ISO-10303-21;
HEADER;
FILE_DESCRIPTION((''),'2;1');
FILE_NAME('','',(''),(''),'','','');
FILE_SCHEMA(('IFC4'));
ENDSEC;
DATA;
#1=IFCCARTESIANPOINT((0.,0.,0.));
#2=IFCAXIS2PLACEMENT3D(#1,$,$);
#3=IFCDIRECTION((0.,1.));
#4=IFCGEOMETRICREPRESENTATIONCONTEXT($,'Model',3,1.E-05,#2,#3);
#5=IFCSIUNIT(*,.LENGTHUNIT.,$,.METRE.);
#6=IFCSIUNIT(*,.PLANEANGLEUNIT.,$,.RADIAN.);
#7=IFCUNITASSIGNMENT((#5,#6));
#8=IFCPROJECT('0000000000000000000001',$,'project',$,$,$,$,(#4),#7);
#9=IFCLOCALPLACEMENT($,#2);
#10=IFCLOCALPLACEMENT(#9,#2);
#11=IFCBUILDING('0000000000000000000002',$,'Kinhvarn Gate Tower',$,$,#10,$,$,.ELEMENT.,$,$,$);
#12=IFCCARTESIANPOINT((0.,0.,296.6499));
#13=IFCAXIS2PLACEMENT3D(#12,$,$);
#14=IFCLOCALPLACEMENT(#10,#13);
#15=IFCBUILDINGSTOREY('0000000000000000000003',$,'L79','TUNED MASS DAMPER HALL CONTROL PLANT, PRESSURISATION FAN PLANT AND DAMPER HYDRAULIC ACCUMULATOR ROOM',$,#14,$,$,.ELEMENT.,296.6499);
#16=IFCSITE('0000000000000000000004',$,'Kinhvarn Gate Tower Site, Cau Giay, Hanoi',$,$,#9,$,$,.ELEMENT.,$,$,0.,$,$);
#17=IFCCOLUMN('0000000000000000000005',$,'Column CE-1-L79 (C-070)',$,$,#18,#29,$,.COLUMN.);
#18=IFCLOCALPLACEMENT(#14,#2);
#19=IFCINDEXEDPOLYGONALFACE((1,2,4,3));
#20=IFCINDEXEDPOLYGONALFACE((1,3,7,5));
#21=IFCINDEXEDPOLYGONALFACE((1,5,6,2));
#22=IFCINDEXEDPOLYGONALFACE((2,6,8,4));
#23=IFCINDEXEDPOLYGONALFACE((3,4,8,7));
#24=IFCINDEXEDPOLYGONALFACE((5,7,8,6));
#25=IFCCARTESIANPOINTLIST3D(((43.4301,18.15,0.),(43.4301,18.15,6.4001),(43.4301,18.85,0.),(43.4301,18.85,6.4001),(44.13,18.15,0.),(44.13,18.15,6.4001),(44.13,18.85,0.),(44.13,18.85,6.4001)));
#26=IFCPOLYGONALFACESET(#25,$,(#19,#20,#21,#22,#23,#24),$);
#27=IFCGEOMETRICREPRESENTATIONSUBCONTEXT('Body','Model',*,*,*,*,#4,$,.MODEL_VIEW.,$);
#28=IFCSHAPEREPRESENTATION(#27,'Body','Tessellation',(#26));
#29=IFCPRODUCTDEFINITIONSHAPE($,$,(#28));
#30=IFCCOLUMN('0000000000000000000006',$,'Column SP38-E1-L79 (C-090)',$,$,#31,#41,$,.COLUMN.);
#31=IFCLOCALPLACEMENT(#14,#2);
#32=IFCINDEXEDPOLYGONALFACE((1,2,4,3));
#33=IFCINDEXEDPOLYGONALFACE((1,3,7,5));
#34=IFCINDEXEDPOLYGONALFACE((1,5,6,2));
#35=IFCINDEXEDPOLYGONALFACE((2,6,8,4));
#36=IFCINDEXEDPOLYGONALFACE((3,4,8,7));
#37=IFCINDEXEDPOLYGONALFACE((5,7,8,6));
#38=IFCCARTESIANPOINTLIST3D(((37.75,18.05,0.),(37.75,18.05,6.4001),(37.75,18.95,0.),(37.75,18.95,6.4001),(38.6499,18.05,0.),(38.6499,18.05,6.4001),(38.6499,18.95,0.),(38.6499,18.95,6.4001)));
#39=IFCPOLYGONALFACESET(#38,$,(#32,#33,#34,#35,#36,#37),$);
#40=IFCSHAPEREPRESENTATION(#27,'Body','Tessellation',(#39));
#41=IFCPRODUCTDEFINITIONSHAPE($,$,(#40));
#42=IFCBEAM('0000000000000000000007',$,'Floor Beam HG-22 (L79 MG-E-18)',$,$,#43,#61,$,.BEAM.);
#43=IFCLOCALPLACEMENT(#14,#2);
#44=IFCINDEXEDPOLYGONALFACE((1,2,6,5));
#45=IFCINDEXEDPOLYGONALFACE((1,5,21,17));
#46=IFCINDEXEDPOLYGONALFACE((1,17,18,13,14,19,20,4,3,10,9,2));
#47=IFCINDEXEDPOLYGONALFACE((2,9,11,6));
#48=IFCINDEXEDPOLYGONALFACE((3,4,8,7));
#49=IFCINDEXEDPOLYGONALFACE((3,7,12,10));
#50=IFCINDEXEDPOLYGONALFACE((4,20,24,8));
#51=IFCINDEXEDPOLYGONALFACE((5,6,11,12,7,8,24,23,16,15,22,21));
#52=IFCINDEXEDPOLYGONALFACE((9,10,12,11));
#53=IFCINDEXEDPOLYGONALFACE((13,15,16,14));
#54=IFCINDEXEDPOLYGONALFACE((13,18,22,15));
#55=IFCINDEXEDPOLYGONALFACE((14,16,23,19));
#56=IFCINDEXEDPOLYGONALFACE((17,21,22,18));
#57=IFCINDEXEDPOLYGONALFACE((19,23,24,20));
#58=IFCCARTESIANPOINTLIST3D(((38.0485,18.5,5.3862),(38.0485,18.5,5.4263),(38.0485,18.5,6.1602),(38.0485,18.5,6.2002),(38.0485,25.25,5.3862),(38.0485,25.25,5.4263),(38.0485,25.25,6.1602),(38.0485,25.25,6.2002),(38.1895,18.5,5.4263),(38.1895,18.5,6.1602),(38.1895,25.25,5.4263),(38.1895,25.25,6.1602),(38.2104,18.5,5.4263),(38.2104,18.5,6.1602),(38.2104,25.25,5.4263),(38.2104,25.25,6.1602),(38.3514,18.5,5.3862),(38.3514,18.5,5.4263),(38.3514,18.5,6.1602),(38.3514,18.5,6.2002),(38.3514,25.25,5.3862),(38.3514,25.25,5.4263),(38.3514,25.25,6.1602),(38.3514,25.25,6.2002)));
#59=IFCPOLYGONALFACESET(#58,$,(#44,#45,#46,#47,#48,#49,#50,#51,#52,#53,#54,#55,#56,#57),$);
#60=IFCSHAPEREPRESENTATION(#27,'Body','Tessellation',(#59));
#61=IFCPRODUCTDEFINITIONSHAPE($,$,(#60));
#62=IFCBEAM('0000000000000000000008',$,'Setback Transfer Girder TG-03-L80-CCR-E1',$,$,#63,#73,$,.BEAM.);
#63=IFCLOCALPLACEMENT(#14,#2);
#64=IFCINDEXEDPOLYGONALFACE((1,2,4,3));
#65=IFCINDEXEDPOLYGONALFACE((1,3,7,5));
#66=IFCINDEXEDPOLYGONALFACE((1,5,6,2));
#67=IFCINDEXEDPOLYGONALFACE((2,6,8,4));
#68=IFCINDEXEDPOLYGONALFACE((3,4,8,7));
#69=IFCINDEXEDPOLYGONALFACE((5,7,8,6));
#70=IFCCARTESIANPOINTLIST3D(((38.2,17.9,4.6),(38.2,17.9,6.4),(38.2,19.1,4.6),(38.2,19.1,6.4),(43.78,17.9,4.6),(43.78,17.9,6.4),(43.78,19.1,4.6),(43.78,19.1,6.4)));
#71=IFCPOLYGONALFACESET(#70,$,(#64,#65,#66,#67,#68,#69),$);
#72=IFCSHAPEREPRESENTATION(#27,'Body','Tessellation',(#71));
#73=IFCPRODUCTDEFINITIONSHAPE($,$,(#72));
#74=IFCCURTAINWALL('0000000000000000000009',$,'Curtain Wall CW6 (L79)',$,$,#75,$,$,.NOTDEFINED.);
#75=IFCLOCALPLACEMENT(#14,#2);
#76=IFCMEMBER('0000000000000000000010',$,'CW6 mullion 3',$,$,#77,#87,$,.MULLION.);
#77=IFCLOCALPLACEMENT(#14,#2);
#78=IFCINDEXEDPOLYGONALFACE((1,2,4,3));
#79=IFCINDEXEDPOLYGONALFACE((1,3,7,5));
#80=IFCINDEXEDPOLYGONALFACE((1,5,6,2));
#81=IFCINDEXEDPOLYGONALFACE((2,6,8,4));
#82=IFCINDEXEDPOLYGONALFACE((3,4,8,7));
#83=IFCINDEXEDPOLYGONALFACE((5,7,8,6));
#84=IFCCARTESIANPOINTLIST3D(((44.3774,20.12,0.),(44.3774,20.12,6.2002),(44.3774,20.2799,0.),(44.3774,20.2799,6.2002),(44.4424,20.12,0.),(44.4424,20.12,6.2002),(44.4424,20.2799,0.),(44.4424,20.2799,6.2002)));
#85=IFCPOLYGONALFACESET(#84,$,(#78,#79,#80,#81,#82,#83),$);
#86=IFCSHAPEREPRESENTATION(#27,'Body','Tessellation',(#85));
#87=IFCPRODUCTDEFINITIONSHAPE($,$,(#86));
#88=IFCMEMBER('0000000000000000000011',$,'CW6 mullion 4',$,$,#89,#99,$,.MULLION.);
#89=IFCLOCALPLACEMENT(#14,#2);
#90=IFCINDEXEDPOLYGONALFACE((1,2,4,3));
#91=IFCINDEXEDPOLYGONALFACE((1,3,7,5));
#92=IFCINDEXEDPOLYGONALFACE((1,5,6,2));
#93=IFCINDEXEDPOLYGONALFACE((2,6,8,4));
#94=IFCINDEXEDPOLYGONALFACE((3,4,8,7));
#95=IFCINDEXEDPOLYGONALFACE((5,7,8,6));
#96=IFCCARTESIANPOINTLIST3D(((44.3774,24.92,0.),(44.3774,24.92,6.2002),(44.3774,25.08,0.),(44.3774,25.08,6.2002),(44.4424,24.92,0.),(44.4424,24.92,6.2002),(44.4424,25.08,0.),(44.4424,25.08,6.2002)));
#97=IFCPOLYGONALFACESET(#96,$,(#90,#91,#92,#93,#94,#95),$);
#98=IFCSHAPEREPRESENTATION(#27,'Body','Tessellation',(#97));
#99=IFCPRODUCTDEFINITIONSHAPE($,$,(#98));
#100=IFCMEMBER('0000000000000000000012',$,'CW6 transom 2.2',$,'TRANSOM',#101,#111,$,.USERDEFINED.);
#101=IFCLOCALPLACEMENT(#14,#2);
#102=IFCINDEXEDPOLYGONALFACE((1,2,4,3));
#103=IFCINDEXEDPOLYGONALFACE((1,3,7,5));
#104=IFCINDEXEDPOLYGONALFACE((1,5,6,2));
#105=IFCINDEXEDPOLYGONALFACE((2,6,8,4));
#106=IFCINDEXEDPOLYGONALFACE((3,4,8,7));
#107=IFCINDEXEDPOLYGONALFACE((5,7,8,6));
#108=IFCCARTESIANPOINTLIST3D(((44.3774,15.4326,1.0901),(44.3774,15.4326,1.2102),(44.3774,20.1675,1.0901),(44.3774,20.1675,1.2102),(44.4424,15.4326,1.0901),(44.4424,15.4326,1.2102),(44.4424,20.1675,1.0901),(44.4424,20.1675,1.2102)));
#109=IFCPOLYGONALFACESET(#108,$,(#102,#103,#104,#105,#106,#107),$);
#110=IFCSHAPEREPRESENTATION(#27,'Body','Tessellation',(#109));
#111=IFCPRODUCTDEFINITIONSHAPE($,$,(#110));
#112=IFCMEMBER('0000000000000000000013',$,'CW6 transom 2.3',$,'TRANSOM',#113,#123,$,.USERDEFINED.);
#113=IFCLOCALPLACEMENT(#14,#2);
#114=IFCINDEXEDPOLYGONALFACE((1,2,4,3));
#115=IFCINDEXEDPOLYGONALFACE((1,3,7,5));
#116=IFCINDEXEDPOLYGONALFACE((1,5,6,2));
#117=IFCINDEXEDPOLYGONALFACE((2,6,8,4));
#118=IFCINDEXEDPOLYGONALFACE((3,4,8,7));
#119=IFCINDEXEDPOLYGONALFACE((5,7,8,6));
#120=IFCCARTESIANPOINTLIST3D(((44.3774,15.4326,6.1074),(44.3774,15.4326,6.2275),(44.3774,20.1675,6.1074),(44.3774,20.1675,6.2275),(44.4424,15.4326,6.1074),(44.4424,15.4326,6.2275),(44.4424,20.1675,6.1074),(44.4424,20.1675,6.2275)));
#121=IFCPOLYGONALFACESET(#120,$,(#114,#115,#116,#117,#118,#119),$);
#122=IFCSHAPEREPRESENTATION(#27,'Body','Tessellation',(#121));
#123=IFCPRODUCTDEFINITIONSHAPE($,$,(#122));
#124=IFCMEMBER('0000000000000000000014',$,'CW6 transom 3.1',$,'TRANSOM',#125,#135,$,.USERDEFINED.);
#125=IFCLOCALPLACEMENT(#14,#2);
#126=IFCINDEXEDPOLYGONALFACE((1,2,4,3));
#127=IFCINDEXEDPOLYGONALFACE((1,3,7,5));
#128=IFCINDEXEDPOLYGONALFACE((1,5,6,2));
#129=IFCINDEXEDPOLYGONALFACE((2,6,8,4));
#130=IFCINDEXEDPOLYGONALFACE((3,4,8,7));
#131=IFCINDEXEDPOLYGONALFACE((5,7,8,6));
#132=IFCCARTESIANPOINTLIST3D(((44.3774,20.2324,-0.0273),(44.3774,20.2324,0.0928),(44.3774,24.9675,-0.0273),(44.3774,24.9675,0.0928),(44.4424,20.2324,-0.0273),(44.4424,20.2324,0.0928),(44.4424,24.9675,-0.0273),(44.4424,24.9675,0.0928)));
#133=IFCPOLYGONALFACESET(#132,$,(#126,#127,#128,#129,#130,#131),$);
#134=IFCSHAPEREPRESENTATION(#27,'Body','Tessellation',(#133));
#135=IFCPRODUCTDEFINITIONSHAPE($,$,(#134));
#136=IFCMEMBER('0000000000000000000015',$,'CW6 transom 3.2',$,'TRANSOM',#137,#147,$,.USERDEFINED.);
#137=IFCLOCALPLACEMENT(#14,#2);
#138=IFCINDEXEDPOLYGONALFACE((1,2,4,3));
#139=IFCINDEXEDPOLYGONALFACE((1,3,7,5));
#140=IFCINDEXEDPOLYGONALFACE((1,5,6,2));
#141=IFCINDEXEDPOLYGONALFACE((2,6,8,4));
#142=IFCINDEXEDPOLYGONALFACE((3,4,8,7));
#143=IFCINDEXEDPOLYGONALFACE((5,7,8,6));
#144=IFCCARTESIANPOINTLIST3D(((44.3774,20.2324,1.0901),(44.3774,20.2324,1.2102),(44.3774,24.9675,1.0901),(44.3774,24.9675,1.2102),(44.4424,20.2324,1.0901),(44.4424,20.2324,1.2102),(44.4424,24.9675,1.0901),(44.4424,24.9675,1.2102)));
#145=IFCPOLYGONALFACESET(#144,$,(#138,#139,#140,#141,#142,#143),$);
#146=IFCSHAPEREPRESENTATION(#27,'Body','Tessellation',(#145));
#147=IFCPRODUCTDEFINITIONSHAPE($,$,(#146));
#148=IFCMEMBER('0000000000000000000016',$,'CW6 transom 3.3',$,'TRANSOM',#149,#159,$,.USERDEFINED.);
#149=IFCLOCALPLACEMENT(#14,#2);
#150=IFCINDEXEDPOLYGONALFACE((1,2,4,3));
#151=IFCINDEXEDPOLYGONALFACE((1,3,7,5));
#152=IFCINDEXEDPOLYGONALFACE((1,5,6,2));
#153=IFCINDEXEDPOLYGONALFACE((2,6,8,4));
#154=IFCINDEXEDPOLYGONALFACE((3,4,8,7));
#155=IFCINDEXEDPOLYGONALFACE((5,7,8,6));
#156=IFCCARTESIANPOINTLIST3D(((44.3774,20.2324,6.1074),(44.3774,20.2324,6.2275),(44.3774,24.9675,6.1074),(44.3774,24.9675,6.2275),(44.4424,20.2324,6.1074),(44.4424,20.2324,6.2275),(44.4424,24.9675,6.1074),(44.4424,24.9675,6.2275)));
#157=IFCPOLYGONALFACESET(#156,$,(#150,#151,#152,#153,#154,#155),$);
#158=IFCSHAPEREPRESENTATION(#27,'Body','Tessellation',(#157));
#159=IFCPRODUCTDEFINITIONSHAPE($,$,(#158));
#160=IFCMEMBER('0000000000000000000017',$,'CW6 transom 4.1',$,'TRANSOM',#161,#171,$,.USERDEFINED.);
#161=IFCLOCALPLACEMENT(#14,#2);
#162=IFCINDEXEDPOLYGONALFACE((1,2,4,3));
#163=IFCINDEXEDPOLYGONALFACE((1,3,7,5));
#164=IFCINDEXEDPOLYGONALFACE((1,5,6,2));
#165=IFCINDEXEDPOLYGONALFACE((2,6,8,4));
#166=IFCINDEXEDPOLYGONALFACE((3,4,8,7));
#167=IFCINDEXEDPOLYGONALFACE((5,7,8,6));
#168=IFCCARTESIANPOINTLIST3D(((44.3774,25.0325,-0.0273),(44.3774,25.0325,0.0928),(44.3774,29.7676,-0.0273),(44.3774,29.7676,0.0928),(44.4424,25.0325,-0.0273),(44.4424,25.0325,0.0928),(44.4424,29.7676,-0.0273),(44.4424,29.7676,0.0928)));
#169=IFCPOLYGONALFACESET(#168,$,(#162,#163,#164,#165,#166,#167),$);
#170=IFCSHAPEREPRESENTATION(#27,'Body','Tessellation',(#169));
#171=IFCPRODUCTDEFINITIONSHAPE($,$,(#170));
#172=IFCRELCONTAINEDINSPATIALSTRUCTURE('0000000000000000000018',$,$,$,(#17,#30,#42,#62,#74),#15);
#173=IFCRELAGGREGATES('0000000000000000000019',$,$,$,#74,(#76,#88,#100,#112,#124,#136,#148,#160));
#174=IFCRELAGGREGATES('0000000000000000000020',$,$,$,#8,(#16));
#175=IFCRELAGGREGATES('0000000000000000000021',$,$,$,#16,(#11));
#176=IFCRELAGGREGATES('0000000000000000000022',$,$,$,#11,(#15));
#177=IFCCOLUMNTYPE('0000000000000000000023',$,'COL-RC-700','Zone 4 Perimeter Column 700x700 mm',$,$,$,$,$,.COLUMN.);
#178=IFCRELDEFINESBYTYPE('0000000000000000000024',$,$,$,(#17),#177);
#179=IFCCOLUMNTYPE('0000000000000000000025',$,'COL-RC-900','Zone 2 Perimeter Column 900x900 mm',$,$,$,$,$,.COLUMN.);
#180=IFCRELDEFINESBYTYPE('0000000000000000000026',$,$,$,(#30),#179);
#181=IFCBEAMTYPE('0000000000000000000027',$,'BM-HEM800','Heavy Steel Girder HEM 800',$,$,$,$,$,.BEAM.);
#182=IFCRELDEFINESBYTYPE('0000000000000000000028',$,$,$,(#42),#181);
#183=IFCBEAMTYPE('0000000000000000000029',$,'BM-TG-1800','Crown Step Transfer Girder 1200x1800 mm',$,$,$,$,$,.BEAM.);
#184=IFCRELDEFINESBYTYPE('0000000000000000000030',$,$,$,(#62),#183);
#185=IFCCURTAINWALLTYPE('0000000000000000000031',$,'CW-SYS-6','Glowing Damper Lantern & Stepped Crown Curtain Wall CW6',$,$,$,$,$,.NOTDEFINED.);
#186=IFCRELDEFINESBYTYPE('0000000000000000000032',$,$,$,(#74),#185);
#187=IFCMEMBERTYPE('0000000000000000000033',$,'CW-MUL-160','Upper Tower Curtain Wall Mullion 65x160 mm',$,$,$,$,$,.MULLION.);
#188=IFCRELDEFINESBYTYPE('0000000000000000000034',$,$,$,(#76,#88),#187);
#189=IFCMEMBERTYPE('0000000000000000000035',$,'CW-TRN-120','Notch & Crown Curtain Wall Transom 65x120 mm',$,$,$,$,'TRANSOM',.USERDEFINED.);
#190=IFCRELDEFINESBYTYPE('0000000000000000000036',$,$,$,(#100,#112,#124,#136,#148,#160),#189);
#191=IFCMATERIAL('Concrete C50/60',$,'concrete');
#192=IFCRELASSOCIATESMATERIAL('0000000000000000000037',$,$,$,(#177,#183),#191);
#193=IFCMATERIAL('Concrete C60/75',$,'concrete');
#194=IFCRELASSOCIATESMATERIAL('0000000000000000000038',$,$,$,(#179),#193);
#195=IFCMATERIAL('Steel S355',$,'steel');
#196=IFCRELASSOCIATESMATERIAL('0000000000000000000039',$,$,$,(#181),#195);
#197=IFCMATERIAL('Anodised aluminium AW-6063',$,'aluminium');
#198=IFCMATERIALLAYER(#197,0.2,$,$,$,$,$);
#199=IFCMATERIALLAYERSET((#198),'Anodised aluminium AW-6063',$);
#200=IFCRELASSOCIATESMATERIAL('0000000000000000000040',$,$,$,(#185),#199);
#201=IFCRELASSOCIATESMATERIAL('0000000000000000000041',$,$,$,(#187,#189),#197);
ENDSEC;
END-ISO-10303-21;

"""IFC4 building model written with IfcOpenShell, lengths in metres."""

from ifc_helpers import new_model, si_unit, direction, frame, origin, origin_2d, place, context, subcontext, project, spatial, rectangle, i_section, extrude, material, layer, layer_set, material_profile, profile_set, type_object, element, aggregate, save


model = new_model("IFC4")

# Units and contexts
model_context = context("Model", 3, precision=1e-05, world=origin(), true_north=direction((0.0, 1.0)))
body_context = subcontext(model_context, "Body", "Model", "MODEL_VIEW")
ifc_project = project(units=[si_unit("LENGTHUNIT", "METRE"), si_unit("PLANEANGLEUNIT", "RADIAN")], contexts=[model_context])

# Site, building, storey
site_placement = place(None, origin())
site = spatial("IfcSite", under=ifc_project, at=site_placement, Name="Kinhvarn Gate Tower Site, Cau Giay, Hanoi", CompositionType="ELEMENT", RefElevation=0.0)
building_placement = place(site_placement, origin())
building = spatial("IfcBuilding", under=site, at=building_placement, Name="Kinhvarn Gate Tower", CompositionType="ELEMENT")
storey_placement = place(building_placement, frame((0.0, 0.0, 296.6499)))
storey = spatial("IfcBuildingStorey", under=building, at=storey_placement, Name="L79", Description="TUNED MASS DAMPER HALL CONTROL PLANT, PRESSURISATION FAN PLANT AND DAMPER HYDRAULIC ACCUMULATOR ROOM", CompositionType="ELEMENT", Elevation=296.6499)

# Columns
ifc_material_1 = material(Name="Concrete C50/60", Category="concrete")
ifc_material_profile_1 = material_profile(ifc_material_1, rectangle(XDim=0.7, YDim=0.7, at=origin_2d()), Name="RC 700x700")
ifc_profile_set_1 = profile_set([ifc_material_profile_1], Name="Concrete C50/60")
column_type_1 = type_object("IfcColumnType", Name="COL-RC-700", Description="Zone 4 Perimeter Column 700x700 mm", PredefinedType="COLUMN", material=ifc_profile_set_1)
column_1_placement = place(storey_placement, frame((43.78, 18.5, 0.0), z_axis=(0.0, 0.0, 1.0), x_axis=(1.0, 0.0, 0.0)))
element("IfcColumn", 1, at=column_1_placement, inside=storey, type_object=column_type_1, Name="Column CE-1-L79 (C-070)", PredefinedType="COLUMN", context=body_context, shape_type="SweptSolid", body=[
    extrude(rectangle(XDim=0.7, YDim=0.7, at=origin_2d()), origin(), (0.0, 0.0, 1.0), 6.4001),
])
ifc_material_2 = material(Name="Concrete C60/75", Category="concrete")
ifc_material_profile_2 = material_profile(ifc_material_2, rectangle(XDim=0.8999, YDim=0.8999, at=origin_2d()), Name="RC 900x900")
ifc_profile_set_2 = profile_set([ifc_material_profile_2], Name="Concrete C60/75")
column_type_2 = type_object("IfcColumnType", Name="COL-RC-900", Description="Zone 2 Perimeter Column 900x900 mm", PredefinedType="COLUMN", material=ifc_profile_set_2)
column_2_placement = place(storey_placement, frame((38.2, 18.5, 0.0), z_axis=(0.0, 0.0, 1.0), x_axis=(1.0, 0.0, 0.0)))
element("IfcColumn", 2, at=column_2_placement, inside=storey, type_object=column_type_2, Name="Column SP38-E1-L79 (C-090)", PredefinedType="COLUMN", context=body_context, shape_type="SweptSolid", body=[
    extrude(rectangle(XDim=0.8999, YDim=0.8999, at=origin_2d()), origin(), (0.0, 0.0, 1.0), 6.4001),
])

# Beams
ifc_material_3 = material(Name="Steel S355", Category="steel")
ifc_material_profile_3 = material_profile(ifc_material_3, i_section(OverallWidth=0.303, OverallDepth=0.814, WebThickness=0.021, FlangeThickness=0.04, at=origin_2d()), Name="HEM 800")
ifc_profile_set_3 = profile_set([ifc_material_profile_3], Name="Steel S355")
beam_type_1 = type_object("IfcBeamType", Name="BM-HEM800", Description="Heavy Steel Girder HEM 800", PredefinedType="BEAM", material=ifc_profile_set_3)
beam_1_placement = place(storey_placement, frame((38.2, 18.5, 5.7932), z_axis=(0.0, 1.0, 0.0), x_axis=(-1.0, 0.0, 0.0)))
element("IfcBeam", 3, at=beam_1_placement, inside=storey, type_object=beam_type_1, Name="Floor Beam HG-22 (L79 MG-E-18)", PredefinedType="BEAM", context=body_context, shape_type="SweptSolid", body=[
    extrude(i_section(OverallWidth=0.303, OverallDepth=0.814, WebThickness=0.021, FlangeThickness=0.04, at=origin_2d()), origin(), (0.0, 0.0, 1.0), 6.75),
])
ifc_material_profile_4 = material_profile(ifc_material_1, rectangle(XDim=1.2, YDim=1.8, at=origin_2d()), Name="RC 1200x1800")
ifc_profile_set_4 = profile_set([ifc_material_profile_4], Name="Concrete C50/60")
beam_type_2 = type_object("IfcBeamType", Name="BM-TG-1800", Description="Crown Step Transfer Girder 1200x1800 mm", PredefinedType="BEAM", material=ifc_profile_set_4)
beam_2_placement = place(storey_placement, frame((38.2, 18.5, 5.5), z_axis=(1.0, 0.0, 0.0), x_axis=(0.0, 1.0, 0.0)))
element("IfcBeam", 4, at=beam_2_placement, inside=storey, type_object=beam_type_2, Name="Setback Transfer Girder TG-03-L80-CCR-E1", PredefinedType="BEAM", context=body_context, shape_type="SweptSolid", body=[
    extrude(rectangle(XDim=1.2, YDim=1.8, at=origin_2d()), origin(), (0.0, 0.0, 1.0), 5.5801),
])

# Curtain wall, members
ifc_material_4 = material(Name="Anodised aluminium AW-6063", Category="aluminium")
ifc_layer_1 = layer(ifc_material_4, 0.2)
ifc_layer_set_1 = layer_set([ifc_layer_1], Name="Anodised aluminium AW-6063")
curtain_wall_type = type_object("IfcCurtainWallType", Name="CW-SYS-6", Description="Glowing Damper Lantern & Stepped Crown Curtain Wall CW6", PredefinedType="NOTDEFINED", material=ifc_layer_set_1)
curtain_wall_placement = place(storey_placement, origin())
curtain_wall = element("IfcCurtainWall", 5, at=curtain_wall_placement, inside=storey, type_object=curtain_wall_type, Name="Curtain Wall CW6 (L79)", PredefinedType="NOTDEFINED")
ifc_material_profile_5 = material_profile(ifc_material_4, rectangle(XDim=0.0649, YDim=0.1599, at=origin_2d()), Name="ALU 65x160")
ifc_profile_set_5 = profile_set([ifc_material_profile_5], Name="Anodised aluminium AW-6063")
member_type_1 = type_object("IfcMemberType", Name="CW-MUL-160", Description="Upper Tower Curtain Wall Mullion 65x160 mm", PredefinedType="MULLION", material=ifc_profile_set_5)
member_1_placement = place(storey_placement, frame((44.4099, 20.2, 0.0), z_axis=(0.0, 0.0, 1.0), x_axis=(-1.0, 0.0, 0.0)))
member_1 = element("IfcMember", 6, at=member_1_placement, type_object=member_type_1, Name="CW6 mullion 3", PredefinedType="MULLION", context=body_context, shape_type="SweptSolid", body=[
    extrude(rectangle(XDim=0.0649, YDim=0.1599, at=origin_2d()), origin(), (0.0, 0.0, 1.0), 6.2002),
])
member_2_placement = place(storey_placement, frame((44.4099, 25.0, 0.0), z_axis=(0.0, 0.0, 1.0), x_axis=(-1.0, 0.0, 0.0)))
member_2 = element("IfcMember", 7, at=member_2_placement, type_object=member_type_1, Name="CW6 mullion 4", PredefinedType="MULLION", context=body_context, shape_type="SweptSolid", body=[
    extrude(rectangle(XDim=0.0649, YDim=0.1599, at=origin_2d()), origin(), (0.0, 0.0, 1.0), 6.2002),
])
ifc_material_profile_6 = material_profile(ifc_material_4, rectangle(XDim=0.0649, YDim=0.1201, at=origin_2d()), Name="ALU 65x120")
ifc_profile_set_6 = profile_set([ifc_material_profile_6], Name="Anodised aluminium AW-6063")
member_type_2 = type_object("IfcMemberType", Name="CW-TRN-120", Description="Notch & Crown Curtain Wall Transom 65x120 mm", ElementType="TRANSOM", PredefinedType="USERDEFINED", material=ifc_profile_set_6)
member_3_placement = place(storey_placement, frame((44.4099, 15.4326, 1.1501), z_axis=(0.0, 1.0, 0.0), x_axis=(-1.0, 0.0, 0.0)))
member_3 = element("IfcMember", 8, at=member_3_placement, type_object=member_type_2, Name="CW6 transom 2.2", ObjectType="TRANSOM", PredefinedType="USERDEFINED", context=body_context, shape_type="SweptSolid", body=[
    extrude(rectangle(XDim=0.0649, YDim=0.1201, at=origin_2d()), origin(), (0.0, 0.0, 1.0), 4.7349),
])
member_4_placement = place(storey_placement, frame((44.4099, 15.4326, 6.1675), z_axis=(0.0, 1.0, 0.0), x_axis=(-1.0, 0.0, 0.0)))
member_4 = element("IfcMember", 9, at=member_4_placement, type_object=member_type_2, Name="CW6 transom 2.3", ObjectType="TRANSOM", PredefinedType="USERDEFINED", context=body_context, shape_type="SweptSolid", body=[
    extrude(rectangle(XDim=0.0649, YDim=0.1201, at=origin_2d()), origin(), (0.0, 0.0, 1.0), 4.7349),
])
member_5_placement = place(storey_placement, frame((44.4099, 20.2324, 0.0327), z_axis=(0.0, 1.0, 0.0), x_axis=(-1.0, 0.0, 0.0)))
member_5 = element("IfcMember", 10, at=member_5_placement, type_object=member_type_2, Name="CW6 transom 3.1", ObjectType="TRANSOM", PredefinedType="USERDEFINED", context=body_context, shape_type="SweptSolid", body=[
    extrude(rectangle(XDim=0.0649, YDim=0.1201, at=origin_2d()), origin(), (0.0, 0.0, 1.0), 4.7351),
])
member_6_placement = place(storey_placement, frame((44.4099, 20.2324, 1.1501), z_axis=(0.0, 1.0, 0.0), x_axis=(-1.0, 0.0, 0.0)))
member_6 = element("IfcMember", 11, at=member_6_placement, type_object=member_type_2, Name="CW6 transom 3.2", ObjectType="TRANSOM", PredefinedType="USERDEFINED", context=body_context, shape_type="SweptSolid", body=[
    extrude(rectangle(XDim=0.0649, YDim=0.1201, at=origin_2d()), origin(), (0.0, 0.0, 1.0), 4.7351),
])
member_7_placement = place(storey_placement, frame((44.4099, 20.2324, 6.1675), z_axis=(0.0, 1.0, 0.0), x_axis=(-1.0, 0.0, 0.0)))
member_7 = element("IfcMember", 12, at=member_7_placement, type_object=member_type_2, Name="CW6 transom 3.3", ObjectType="TRANSOM", PredefinedType="USERDEFINED", context=body_context, shape_type="SweptSolid", body=[
    extrude(rectangle(XDim=0.0649, YDim=0.1201, at=origin_2d()), origin(), (0.0, 0.0, 1.0), 4.7351),
])
member_8_placement = place(storey_placement, frame((44.4099, 25.0325, 0.0327), z_axis=(0.0, 1.0, 0.0), x_axis=(-1.0, 0.0, 0.0)))
member_8 = element("IfcMember", 13, at=member_8_placement, type_object=member_type_2, Name="CW6 transom 4.1", ObjectType="TRANSOM", PredefinedType="USERDEFINED", context=body_context, shape_type="SweptSolid", body=[
    extrude(rectangle(XDim=0.0649, YDim=0.1201, at=origin_2d()), origin(), (0.0, 0.0, 1.0), 4.7351),
])

aggregate(curtain_wall, [member_1, member_2, member_3, member_4, member_5, member_6, member_7, member_8])

save(model, "model.ifc")
